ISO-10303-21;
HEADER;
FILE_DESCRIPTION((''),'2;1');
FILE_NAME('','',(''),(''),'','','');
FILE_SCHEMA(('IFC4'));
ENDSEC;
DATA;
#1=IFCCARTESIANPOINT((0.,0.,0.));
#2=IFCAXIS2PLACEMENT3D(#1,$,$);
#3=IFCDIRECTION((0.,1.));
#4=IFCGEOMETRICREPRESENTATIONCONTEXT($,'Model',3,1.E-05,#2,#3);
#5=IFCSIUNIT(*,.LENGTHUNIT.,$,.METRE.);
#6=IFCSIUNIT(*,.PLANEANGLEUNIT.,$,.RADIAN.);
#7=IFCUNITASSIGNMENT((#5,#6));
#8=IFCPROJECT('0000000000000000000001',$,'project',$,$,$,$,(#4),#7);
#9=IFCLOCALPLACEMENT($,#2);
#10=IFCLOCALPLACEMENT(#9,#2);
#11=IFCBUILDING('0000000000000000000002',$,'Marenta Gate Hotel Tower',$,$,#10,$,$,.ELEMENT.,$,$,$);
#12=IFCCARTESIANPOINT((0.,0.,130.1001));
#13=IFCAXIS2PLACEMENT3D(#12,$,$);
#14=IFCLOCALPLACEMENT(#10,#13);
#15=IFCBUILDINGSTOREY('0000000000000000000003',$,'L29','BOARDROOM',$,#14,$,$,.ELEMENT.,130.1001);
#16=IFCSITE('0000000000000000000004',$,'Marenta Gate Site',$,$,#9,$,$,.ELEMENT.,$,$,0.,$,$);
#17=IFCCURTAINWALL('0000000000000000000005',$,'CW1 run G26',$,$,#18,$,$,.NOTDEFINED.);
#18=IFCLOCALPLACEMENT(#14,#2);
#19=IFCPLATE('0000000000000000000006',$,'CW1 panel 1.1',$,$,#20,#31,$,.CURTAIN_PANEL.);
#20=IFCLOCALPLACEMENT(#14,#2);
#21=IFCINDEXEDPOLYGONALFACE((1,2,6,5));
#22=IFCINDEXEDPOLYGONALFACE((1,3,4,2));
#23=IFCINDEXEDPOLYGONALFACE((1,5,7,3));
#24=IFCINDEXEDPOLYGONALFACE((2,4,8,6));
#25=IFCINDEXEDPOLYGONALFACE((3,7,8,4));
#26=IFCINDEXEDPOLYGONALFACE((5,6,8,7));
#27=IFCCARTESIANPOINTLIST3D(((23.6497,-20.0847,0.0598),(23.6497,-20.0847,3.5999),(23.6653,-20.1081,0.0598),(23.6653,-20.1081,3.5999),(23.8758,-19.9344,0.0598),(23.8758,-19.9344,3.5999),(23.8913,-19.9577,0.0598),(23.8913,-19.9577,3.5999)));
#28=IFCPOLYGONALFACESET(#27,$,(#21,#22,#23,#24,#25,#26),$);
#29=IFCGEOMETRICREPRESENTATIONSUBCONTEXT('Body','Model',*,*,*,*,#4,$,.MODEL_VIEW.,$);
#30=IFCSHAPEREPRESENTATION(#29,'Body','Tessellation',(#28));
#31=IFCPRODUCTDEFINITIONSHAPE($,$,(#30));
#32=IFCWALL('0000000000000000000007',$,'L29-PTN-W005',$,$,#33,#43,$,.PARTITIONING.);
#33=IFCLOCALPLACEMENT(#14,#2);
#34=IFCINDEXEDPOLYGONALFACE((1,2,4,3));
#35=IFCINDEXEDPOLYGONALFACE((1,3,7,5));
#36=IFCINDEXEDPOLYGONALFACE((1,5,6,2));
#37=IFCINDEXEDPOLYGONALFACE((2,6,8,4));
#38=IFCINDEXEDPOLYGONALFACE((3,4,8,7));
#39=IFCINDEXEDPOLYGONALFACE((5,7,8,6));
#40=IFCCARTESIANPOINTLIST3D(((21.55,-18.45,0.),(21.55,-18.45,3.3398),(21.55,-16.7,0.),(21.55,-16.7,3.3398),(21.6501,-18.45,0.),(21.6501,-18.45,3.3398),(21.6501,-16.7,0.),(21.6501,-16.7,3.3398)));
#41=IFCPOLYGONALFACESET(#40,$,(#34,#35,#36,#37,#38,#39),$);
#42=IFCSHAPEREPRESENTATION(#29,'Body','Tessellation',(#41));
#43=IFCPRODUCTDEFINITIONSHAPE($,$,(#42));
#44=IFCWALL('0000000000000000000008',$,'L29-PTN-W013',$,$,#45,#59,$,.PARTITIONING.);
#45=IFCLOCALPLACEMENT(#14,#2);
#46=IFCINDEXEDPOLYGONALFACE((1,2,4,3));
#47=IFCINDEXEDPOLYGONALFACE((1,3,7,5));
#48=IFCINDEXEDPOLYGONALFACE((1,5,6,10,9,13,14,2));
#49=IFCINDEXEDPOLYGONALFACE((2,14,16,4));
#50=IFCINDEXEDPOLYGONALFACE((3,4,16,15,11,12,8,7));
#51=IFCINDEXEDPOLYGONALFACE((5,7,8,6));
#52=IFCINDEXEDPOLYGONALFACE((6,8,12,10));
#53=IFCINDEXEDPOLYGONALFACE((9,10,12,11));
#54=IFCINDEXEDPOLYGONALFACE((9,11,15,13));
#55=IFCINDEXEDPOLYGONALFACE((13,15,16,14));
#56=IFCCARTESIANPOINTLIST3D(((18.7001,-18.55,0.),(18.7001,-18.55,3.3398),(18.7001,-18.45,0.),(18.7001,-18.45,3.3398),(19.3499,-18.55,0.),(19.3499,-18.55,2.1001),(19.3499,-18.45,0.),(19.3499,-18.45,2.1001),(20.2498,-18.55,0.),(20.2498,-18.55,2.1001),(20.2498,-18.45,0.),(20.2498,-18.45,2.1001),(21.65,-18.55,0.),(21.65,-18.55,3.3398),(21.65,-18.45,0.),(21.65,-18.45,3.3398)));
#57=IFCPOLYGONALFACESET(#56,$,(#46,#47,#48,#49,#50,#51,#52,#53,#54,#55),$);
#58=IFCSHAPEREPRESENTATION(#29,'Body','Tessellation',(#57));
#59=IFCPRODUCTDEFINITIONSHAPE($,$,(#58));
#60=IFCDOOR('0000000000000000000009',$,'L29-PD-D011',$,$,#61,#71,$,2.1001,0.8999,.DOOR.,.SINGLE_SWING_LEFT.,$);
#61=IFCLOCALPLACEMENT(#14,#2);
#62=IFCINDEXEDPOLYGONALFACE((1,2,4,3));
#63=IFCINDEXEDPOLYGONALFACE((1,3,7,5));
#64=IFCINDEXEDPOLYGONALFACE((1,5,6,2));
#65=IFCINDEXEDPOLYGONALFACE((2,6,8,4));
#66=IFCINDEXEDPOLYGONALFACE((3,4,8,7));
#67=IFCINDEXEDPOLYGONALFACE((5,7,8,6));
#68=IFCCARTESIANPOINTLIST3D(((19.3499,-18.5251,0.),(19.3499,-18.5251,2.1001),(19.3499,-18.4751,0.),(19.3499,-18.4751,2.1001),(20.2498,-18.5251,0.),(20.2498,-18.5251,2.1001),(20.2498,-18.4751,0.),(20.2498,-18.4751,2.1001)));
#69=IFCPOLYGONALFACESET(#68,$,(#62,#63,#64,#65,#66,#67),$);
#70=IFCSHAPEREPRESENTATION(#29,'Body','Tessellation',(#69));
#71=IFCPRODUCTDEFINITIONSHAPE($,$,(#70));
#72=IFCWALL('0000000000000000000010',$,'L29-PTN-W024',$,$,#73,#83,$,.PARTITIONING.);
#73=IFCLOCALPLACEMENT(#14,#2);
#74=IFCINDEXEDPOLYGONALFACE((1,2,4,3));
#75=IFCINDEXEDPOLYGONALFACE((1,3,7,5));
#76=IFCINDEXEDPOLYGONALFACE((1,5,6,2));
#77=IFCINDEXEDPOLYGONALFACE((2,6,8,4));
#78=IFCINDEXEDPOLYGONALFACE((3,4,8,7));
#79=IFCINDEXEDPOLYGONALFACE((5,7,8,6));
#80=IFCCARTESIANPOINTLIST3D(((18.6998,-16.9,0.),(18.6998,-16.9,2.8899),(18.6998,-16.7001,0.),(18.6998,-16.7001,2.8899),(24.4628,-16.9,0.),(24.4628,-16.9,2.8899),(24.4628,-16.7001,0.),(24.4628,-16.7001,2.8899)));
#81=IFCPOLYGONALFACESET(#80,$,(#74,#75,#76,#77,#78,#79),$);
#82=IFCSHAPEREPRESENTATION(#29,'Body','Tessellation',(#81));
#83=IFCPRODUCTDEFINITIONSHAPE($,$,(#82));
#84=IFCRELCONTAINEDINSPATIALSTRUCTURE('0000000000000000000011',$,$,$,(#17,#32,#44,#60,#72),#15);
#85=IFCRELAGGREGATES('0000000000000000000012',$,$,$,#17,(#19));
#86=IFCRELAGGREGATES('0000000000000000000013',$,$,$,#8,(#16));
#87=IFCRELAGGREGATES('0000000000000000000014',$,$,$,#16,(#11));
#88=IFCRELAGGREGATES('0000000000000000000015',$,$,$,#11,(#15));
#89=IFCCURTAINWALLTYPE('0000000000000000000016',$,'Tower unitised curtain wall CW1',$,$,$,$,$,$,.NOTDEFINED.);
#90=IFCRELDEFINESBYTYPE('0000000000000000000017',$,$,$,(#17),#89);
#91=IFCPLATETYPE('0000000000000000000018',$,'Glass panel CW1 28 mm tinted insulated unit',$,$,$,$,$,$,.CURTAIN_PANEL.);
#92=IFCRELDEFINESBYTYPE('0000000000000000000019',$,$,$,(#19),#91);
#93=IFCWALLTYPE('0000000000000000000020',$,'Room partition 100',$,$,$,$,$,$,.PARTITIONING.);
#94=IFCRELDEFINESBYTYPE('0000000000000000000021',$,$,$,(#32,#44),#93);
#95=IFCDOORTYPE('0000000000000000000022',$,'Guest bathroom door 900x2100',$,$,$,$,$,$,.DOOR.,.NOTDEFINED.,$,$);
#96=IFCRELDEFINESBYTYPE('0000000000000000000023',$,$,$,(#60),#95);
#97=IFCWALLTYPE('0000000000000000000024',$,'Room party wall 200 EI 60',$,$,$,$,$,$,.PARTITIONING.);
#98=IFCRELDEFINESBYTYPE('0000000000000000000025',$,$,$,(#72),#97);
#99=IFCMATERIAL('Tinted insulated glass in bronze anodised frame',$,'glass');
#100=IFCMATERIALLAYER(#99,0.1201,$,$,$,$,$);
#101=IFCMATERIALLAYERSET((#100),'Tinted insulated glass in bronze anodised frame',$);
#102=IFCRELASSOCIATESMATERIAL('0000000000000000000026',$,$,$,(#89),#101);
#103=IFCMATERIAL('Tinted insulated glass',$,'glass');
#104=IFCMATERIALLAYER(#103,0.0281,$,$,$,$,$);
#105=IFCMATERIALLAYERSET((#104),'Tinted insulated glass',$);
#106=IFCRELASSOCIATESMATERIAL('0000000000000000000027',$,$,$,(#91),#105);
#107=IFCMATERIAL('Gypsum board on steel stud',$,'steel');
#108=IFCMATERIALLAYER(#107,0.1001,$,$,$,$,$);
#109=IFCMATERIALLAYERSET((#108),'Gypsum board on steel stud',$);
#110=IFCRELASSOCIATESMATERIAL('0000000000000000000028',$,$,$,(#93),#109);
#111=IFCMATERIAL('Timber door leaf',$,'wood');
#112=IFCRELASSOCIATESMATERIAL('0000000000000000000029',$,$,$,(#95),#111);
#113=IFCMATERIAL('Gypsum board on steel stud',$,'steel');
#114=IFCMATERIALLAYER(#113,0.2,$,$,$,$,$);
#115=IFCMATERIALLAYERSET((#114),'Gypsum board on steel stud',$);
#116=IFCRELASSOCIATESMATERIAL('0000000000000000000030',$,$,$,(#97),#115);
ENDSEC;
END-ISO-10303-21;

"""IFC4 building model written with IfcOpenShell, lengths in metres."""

from ifc_helpers import new_model, si_unit, direction, frame, frame_2d, origin, origin_2d, place, context, subcontext, project, spatial, rectangle, extrude, material, layer, layer_set, type_object, element, fill, aggregate, save


model = new_model("IFC4")

# Units and contexts
model_context = context("Model", 3, precision=1e-05, world=origin(), true_north=direction((0.0, 1.0)))
body_context = subcontext(model_context, "Body", "Model", "MODEL_VIEW")
ifc_project = project(units=[si_unit("LENGTHUNIT", "METRE"), si_unit("PLANEANGLEUNIT", "RADIAN")], contexts=[model_context])

# Site, building, storey
site_placement = place(None, origin())
site = spatial("IfcSite", under=ifc_project, at=site_placement, Name="Marenta Gate Site", CompositionType="ELEMENT", RefElevation=0.0)
building_placement = place(site_placement, origin())
building = spatial("IfcBuilding", under=site, at=building_placement, Name="Marenta Gate Hotel Tower", CompositionType="ELEMENT")
storey_placement = place(building_placement, frame((0.0, 0.0, 130.1001)))
storey = spatial("IfcBuildingStorey", under=building, at=storey_placement, Name="L29", Description="BOARDROOM", CompositionType="ELEMENT", Elevation=130.1001)

# Curtain wall
ifc_material_1 = material(Name="Tinted insulated glass in bronze anodised frame", Category="glass")
ifc_layer_1 = layer(ifc_material_1, 0.1201)
ifc_layer_set_1 = layer_set([ifc_layer_1], Name="Tinted insulated glass in bronze anodised frame")
curtain_wall_type = type_object("IfcCurtainWallType", Name="Tower unitised curtain wall CW1", PredefinedType="NOTDEFINED", material=ifc_layer_set_1)
curtain_wall_1_placement = place(storey_placement, origin())
curtain_wall_1 = element("IfcCurtainWall", 1, at=curtain_wall_1_placement, inside=storey, type_object=curtain_wall_type, Name="CW1 run G26", PredefinedType="NOTDEFINED")

# Plate
ifc_material_2 = material(Name="Tinted insulated glass", Category="glass")
ifc_layer_2 = layer(ifc_material_2, 0.0281)
ifc_layer_set_2 = layer_set([ifc_layer_2], Name="Tinted insulated glass")
plate_type = type_object("IfcPlateType", Name="Glass panel CW1 28 mm tinted insulated unit", PredefinedType="CURTAIN_PANEL", material=ifc_layer_set_2)
plate_1_placement = place(storey_placement, frame((23.7705, -20.0212, 0.0598), z_axis=(0.0, 0.0, 1.0), x_axis=(0.832607, 0.553865, 0.0)))
plate_1 = element("IfcPlate", 2, at=plate_1_placement, type_object=plate_type, Name="CW1 panel 1.1", PredefinedType="CURTAIN_PANEL", context=body_context, shape_type="SweptSolid", body=[
    extrude(rectangle(XDim=0.2715, YDim=0.0281, at=origin_2d()), origin(), (0.0, 0.0, 1.0), 3.54),
])
aggregate(curtain_wall_1, [plate_1])

# Wall
ifc_material_3 = material(Name="Gypsum board on steel stud", Category="steel")
ifc_layer_3 = layer(ifc_material_3, 0.1001)
ifc_layer_set_3 = layer_set([ifc_layer_3], Name="Gypsum board on steel stud")
wall_type_1 = type_object("IfcWallType", Name="Room partition 100", PredefinedType="PARTITIONING", material=ifc_layer_set_3)
wall_1_placement = place(storey_placement, frame((21.6001, -18.45, 0.0), z_axis=(0.0, 0.0, 1.0), x_axis=(0.0, 1.0, 0.0)))
element("IfcWall", 3, at=wall_1_placement, inside=storey, type_object=wall_type_1, Name="L29-PTN-W005", PredefinedType="PARTITIONING", context=body_context, shape_type="SweptSolid", body=[
    extrude(rectangle(XDim=1.75, YDim=0.1001, at=frame_2d((0.875, 0.0))), origin(), (0.0, 0.0, 1.0), 3.3398),
])

# Wall, opening, door
wall_2_placement = place(storey_placement, frame((18.7, -18.5, 0.0), z_axis=(0.0, 0.0, 1.0), x_axis=(1.0, 0.0, 0.0)))
wall_2 = element("IfcWall", 4, at=wall_2_placement, inside=storey, type_object=wall_type_1, Name="L29-PTN-W013", PredefinedType="PARTITIONING", context=body_context, shape_type="SweptSolid", body=[
    extrude(rectangle(XDim=2.95, YDim=0.1001, at=frame_2d((1.4751, 0.0))), origin(), (0.0, 0.0, 1.0), 3.3398),
])
opening_1_placement = place(wall_2_placement, frame((0.6499, 0.0, 0.0)))
opening_1 = element("IfcOpeningElement", 5, at=opening_1_placement, cuts=wall_2, PredefinedType="OPENING", context=body_context, shape_type="SweptSolid", body=[
    extrude(rectangle(XDim=0.8999, YDim=2.1001, at=frame_2d((0.45, 1.05))), frame((0.0, 0.05, 0.0), z_axis=(0.0, -1.0, 0.0), x_axis=(1.0, 0.0, 0.0)), (0.0, 0.0, 1.0), 0.1001),
])
ifc_material_4 = material(Name="Timber door leaf", Category="wood")
door_type_1 = type_object("IfcDoorType", Name="Guest bathroom door 900x2100", OperationType="NOTDEFINED", PredefinedType="DOOR", material=ifc_material_4)
door_1_placement = place(opening_1_placement, origin())
door_1 = element("IfcDoor", 6, at=door_1_placement, inside=storey, type_object=door_type_1, Name="L29-PD-D011", OperationType="SINGLE_SWING_LEFT", OverallHeight=2.1001, OverallWidth=0.8999, PredefinedType="DOOR", context=body_context, shape_type="SweptSolid", body=[
    extrude(rectangle(XDim=0.8999, YDim=2.1001, at=frame_2d((0.45, 1.05))), frame((0.0, 0.0249, 0.0), z_axis=(0.0, -1.0, 0.0), x_axis=(1.0, 0.0, 0.0)), (0.0, 0.0, 1.0), 0.05),
])
fill(opening_1, door_1)

# Wall
ifc_material_5 = material(Name="Gypsum board on steel stud", Category="steel")
ifc_layer_4 = layer(ifc_material_5, 0.2)
ifc_layer_set_4 = layer_set([ifc_layer_4], Name="Gypsum board on steel stud")
wall_type_2 = type_object("IfcWallType", Name="Room party wall 200 EI 60", PredefinedType="PARTITIONING", material=ifc_layer_set_4)
wall_3_placement = place(storey_placement, frame((18.7, -16.8, 0.0), z_axis=(0.0, 0.0, 1.0), x_axis=(1.0, 0.0, 0.0)))
element("IfcWall", 7, at=wall_3_placement, inside=storey, type_object=wall_type_2, Name="L29-PTN-W024", PredefinedType="PARTITIONING", context=body_context, shape_type="SweptSolid", body=[
    extrude(rectangle(XDim=5.7629, YDim=0.2, at=frame_2d((2.8813, 0.0))), origin(), (0.0, 0.0, 1.0), 2.8899),
])

save(model, "model.ifc")
